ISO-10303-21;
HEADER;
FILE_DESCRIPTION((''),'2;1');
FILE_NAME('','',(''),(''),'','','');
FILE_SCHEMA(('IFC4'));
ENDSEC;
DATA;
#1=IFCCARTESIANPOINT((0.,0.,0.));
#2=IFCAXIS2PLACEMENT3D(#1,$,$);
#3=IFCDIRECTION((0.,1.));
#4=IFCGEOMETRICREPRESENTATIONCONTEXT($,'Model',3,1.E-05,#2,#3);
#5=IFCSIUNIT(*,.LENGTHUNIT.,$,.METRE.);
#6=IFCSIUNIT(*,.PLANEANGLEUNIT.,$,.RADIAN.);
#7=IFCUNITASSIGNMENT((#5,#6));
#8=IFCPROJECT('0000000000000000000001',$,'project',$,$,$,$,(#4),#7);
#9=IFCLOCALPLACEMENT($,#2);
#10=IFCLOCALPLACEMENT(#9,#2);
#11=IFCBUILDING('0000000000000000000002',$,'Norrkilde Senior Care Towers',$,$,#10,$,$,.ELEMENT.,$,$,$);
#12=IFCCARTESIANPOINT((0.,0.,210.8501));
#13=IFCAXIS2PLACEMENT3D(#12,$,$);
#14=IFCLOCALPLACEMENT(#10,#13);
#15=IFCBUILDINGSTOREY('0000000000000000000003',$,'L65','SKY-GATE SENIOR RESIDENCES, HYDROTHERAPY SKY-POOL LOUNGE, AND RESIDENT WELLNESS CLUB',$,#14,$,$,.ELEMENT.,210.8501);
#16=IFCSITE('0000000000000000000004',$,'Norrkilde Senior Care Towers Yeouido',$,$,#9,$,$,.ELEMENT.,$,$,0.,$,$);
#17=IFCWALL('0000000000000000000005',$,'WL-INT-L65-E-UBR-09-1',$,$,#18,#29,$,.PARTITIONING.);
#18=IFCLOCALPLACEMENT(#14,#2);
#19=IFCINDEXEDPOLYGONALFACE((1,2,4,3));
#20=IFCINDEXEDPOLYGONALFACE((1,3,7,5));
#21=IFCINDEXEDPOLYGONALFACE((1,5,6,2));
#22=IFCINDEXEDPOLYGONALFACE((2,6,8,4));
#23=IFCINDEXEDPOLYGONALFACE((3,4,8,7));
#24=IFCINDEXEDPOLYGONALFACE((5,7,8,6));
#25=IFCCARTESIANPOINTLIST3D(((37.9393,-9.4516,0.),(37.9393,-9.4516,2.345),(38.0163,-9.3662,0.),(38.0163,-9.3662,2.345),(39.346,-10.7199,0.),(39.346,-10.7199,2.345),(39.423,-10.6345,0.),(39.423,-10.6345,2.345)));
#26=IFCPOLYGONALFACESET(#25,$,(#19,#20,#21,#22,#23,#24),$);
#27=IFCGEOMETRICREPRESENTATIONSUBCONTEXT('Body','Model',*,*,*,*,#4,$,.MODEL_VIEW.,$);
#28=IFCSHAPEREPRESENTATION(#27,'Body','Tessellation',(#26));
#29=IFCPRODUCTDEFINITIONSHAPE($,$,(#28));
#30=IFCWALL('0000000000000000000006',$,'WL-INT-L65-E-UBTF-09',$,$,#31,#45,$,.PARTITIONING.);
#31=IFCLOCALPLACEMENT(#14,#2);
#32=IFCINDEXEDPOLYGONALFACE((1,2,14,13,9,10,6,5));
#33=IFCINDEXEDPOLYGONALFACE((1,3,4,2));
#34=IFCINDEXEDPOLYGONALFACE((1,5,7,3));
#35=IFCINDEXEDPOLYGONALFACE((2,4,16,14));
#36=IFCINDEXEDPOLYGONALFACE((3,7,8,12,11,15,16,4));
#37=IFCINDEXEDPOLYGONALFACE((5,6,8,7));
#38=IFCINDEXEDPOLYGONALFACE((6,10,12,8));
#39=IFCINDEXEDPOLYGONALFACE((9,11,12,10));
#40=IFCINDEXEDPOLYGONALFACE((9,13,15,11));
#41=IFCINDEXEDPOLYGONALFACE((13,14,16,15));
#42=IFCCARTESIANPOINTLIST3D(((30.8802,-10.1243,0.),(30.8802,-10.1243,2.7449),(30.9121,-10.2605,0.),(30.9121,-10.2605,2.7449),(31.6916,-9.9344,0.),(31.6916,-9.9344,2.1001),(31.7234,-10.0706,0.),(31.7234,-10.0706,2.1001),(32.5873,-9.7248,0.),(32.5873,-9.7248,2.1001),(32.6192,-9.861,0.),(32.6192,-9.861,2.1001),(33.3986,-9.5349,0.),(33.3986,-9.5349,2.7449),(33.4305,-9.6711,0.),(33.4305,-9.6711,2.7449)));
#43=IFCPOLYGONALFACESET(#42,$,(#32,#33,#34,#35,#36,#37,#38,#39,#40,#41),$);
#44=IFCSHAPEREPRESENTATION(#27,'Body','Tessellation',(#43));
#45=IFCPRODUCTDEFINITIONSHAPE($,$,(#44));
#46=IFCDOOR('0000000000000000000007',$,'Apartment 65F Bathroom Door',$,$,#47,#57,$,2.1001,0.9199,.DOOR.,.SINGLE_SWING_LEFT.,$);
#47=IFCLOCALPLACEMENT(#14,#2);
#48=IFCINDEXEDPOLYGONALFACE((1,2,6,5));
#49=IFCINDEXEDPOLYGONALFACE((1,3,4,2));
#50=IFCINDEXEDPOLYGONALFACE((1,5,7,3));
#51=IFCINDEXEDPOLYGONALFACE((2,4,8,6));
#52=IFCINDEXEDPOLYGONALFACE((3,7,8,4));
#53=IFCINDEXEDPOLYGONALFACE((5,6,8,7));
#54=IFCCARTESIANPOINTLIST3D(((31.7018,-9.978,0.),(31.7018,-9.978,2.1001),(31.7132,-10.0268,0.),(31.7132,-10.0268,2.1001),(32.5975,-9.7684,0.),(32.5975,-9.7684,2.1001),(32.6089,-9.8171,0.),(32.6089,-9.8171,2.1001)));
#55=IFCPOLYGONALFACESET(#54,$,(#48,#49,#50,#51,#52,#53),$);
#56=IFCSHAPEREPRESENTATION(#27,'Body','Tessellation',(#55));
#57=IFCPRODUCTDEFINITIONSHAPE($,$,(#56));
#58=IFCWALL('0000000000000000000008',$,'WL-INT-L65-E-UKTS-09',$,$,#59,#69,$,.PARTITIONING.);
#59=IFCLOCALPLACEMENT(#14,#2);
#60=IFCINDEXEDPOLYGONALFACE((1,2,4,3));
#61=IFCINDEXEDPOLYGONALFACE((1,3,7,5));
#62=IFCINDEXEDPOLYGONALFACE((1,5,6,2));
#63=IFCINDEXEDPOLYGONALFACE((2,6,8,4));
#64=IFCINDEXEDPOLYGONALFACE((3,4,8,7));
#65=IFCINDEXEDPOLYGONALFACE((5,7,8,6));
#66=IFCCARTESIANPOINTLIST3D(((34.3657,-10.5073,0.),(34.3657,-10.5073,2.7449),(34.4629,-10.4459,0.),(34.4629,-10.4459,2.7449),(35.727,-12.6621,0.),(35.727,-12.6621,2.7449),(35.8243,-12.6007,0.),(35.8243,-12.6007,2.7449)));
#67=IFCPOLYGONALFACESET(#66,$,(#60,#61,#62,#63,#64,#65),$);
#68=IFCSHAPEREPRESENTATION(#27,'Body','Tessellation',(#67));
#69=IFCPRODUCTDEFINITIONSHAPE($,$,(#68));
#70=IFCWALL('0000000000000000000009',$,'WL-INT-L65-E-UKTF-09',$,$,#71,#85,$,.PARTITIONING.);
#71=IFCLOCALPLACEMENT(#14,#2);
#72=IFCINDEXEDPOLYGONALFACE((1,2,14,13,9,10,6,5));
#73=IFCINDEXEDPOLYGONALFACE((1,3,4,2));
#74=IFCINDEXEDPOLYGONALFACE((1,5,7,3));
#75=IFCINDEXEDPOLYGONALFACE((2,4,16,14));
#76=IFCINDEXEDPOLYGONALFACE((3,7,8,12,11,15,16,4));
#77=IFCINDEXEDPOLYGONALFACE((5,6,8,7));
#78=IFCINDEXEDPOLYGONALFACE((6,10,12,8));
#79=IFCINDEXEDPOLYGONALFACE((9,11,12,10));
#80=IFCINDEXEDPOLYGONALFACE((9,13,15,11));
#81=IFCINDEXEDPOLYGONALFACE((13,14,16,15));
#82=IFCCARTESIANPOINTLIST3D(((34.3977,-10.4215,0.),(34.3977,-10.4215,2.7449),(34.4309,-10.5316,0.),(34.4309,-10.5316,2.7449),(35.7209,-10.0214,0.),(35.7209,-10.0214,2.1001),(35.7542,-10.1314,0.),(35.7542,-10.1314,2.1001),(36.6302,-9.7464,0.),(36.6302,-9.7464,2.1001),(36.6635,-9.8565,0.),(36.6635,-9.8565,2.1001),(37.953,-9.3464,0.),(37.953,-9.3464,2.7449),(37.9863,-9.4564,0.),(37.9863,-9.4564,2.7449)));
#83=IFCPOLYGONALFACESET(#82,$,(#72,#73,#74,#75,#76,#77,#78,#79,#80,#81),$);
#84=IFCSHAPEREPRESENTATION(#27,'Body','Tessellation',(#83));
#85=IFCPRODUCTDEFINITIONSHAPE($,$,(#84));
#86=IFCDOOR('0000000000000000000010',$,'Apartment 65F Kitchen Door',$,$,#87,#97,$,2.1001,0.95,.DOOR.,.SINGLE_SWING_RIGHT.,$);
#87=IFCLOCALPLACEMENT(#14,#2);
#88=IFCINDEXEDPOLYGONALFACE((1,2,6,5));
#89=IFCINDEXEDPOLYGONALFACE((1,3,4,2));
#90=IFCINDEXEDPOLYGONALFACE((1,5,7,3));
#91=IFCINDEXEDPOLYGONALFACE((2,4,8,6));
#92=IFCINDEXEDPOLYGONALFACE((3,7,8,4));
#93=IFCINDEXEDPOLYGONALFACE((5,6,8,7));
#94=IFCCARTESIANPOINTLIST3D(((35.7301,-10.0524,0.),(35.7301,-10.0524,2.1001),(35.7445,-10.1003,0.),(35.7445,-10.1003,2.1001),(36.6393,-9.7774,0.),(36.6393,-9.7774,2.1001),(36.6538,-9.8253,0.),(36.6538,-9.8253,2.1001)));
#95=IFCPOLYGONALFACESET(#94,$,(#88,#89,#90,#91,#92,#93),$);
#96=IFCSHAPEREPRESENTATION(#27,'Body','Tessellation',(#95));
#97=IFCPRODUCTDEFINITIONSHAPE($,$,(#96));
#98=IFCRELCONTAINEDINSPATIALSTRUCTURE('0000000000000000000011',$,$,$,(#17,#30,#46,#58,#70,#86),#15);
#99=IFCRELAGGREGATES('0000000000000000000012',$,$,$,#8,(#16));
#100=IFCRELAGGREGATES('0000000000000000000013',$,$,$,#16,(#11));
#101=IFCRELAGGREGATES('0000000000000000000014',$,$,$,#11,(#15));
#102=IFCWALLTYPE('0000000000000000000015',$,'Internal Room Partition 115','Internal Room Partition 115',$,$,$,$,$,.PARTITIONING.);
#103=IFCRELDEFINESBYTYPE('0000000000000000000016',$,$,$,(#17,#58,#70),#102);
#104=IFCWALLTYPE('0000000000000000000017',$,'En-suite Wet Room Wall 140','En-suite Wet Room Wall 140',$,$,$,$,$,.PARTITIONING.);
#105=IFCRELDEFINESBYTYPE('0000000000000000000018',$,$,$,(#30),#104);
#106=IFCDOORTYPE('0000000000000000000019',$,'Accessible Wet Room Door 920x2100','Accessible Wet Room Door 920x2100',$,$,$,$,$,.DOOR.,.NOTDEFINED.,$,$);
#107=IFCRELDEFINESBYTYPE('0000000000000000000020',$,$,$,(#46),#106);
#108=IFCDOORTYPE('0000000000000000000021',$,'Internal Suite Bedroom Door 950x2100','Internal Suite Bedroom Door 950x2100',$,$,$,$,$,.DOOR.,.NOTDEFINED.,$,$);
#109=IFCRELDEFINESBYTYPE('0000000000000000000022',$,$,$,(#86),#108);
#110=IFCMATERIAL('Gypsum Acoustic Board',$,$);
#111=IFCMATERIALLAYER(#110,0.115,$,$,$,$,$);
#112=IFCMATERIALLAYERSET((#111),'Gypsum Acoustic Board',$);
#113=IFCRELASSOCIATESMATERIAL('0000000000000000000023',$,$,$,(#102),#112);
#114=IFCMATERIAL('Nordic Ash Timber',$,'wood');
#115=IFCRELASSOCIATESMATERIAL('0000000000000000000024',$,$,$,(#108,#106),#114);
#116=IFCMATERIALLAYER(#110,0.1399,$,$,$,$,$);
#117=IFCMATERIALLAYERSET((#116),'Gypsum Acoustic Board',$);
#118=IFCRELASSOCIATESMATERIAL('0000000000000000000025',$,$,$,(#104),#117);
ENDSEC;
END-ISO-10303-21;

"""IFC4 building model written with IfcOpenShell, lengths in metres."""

from ifc_helpers import new_model, si_unit, direction, frame, frame_2d, origin, place, context, subcontext, project, spatial, rectangle, extrude, source, transform, mapped, material, layer, layer_set, type_object, type_shapes, element, fill, save


model = new_model("IFC4")

# Units and contexts
model_context = context("Model", 3, precision=1e-05, world=origin(), true_north=direction((0.0, 1.0)))
body_context = subcontext(model_context, "Body", "Model", "MODEL_VIEW")
ifc_project = project(units=[si_unit("LENGTHUNIT", "METRE"), si_unit("PLANEANGLEUNIT", "RADIAN")], contexts=[model_context])

# Site, building, storey
site_placement = place(None, origin())
site = spatial("IfcSite", under=ifc_project, at=site_placement, Name="Norrkilde Senior Care Towers Yeouido", CompositionType="ELEMENT", RefElevation=0.0)
building_placement = place(site_placement, origin())
building = spatial("IfcBuilding", under=site, at=building_placement, Name="Norrkilde Senior Care Towers", CompositionType="ELEMENT")
storey_placement = place(building_placement, frame((0.0, 0.0, 210.8501)))
storey = spatial("IfcBuildingStorey", under=building, at=storey_placement, Name="L65", Description="SKY-GATE SENIOR RESIDENCES, HYDROTHERAPY SKY-POOL LOUNGE, AND RESIDENT WELLNESS CLUB", CompositionType="ELEMENT", Elevation=210.8501)

# Shared definitions
ifc_material_1 = material(Name="Gypsum Acoustic Board")
ifc_material_2 = material(Name="Nordic Ash Timber", Category="wood")
ifc_layer_1 = layer(ifc_material_1, 0.115)
ifc_layer_set_1 = layer_set([ifc_layer_1], Name="Gypsum Acoustic Board")
wall_type_1 = type_object("IfcWallType", Name="Internal Room Partition 115", Description="Internal Room Partition 115", PredefinedType="PARTITIONING", material=ifc_layer_set_1)
door_type_1 = type_object("IfcDoorType", Name="Internal Suite Bedroom Door 950x2100", Description="Internal Suite Bedroom Door 950x2100", OperationType="NOTDEFINED", PredefinedType="DOOR", material=ifc_material_2)
shared_shape_1 = source(origin(), body_context, "Body", "SweptSolid", [
    extrude(rectangle(XDim=0.95, YDim=2.1001, at=frame_2d((0.4751, 1.05))), frame((0.0, 0.0249, 0.0), z_axis=(0.0, -1.0, 0.0), x_axis=(1.0, 0.0, 0.0)), (0.0, 0.0, 1.0), 0.05),
])
type_shapes(door_type_1, [shared_shape_1])

# Wall
shared_shape_2 = source(origin(), body_context, "Body", "SweptSolid", [
    extrude(rectangle(XDim=1.894, YDim=0.115, at=frame_2d((0.947, 0.0))), origin(), (0.0, 0.0, 1.0), 2.345),
])
wall_1_placement = place(storey_placement, frame((37.9778, -9.4089, 0.0), z_axis=(0.0, 0.0, 1.0), x_axis=(0.742704, -0.66962, 0.0)))
element("IfcWall", 1, at=wall_1_placement, inside=storey, type_object=wall_type_1, Name="WL-INT-L65-E-UBR-09-1", PredefinedType="PARTITIONING", context=body_context, shape_type="MappedRepresentation", body=[
    mapped(shared_shape_2, transform((0.0, 0.0, 0.0), x_axis=(1.0, 0.0, 0.0), y_axis=(0.0, 1.0, 0.0), z_axis=(0.0, 0.0, 1.0), scale=1.0)),
])

# Wall, opening, door
ifc_layer_2 = layer(ifc_material_1, 0.1399)
ifc_layer_set_2 = layer_set([ifc_layer_2], Name="Gypsum Acoustic Board")
wall_type_2 = type_object("IfcWallType", Name="En-suite Wet Room Wall 140", Description="En-suite Wet Room Wall 140", PredefinedType="PARTITIONING", material=ifc_layer_set_2)
shared_shape_3 = source(origin(), body_context, "Body", "SweptSolid", [
    extrude(rectangle(XDim=2.5864, YDim=0.1399, at=frame_2d((1.2932, 0.0))), origin(), (0.0, 0.0, 1.0), 2.7449),
])
type_shapes(wall_type_2, [shared_shape_3])
wall_2_placement = place(storey_placement, frame((33.4146, -9.603, 0.0), z_axis=(0.0, 0.0, 1.0), x_axis=(-0.973691, -0.227871, 0.0)))
wall_2 = element("IfcWall", 2, at=wall_2_placement, inside=storey, type_object=wall_type_2, Name="WL-INT-L65-E-UBTF-09", PredefinedType="PARTITIONING", context=body_context, shape_type="MappedRepresentation", body=[
    mapped(shared_shape_3, transform((0.0, 0.0, 0.0), x_axis=(1.0, 0.0, 0.0), y_axis=(0.0, 1.0, 0.0), z_axis=(0.0, 0.0, 1.0), scale=1.0)),
])
opening_1_placement = place(wall_2_placement, frame((0.8333, 0.0, 0.0)))
opening_1 = element("IfcOpeningElement", 3, at=opening_1_placement, cuts=wall_2, PredefinedType="OPENING", context=body_context, shape_type="SweptSolid", body=[
    extrude(rectangle(XDim=0.9199, YDim=2.1001, at=frame_2d((0.46, 1.05))), frame((0.0, 0.0798, 0.0), z_axis=(0.0, -1.0, 0.0), x_axis=(1.0, 0.0, 0.0)), (0.0, 0.0, 1.0), 0.1599),
])
door_type_2 = type_object("IfcDoorType", Name="Accessible Wet Room Door 920x2100", Description="Accessible Wet Room Door 920x2100", OperationType="NOTDEFINED", PredefinedType="DOOR", material=ifc_material_2)
shared_shape_4 = source(origin(), body_context, "Body", "SweptSolid", [
    extrude(rectangle(XDim=0.9199, YDim=2.1001, at=frame_2d((0.46, 1.05))), frame((0.0, 0.0249, 0.0), z_axis=(0.0, -1.0, 0.0), x_axis=(1.0, 0.0, 0.0)), (0.0, 0.0, 1.0), 0.05),
])
type_shapes(door_type_2, [shared_shape_4])
door_1_placement = place(opening_1_placement, origin())
door_1 = element("IfcDoor", 4, at=door_1_placement, inside=storey, type_object=door_type_2, Name="Apartment 65F Bathroom Door", OperationType="SINGLE_SWING_LEFT", OverallHeight=2.1001, OverallWidth=0.9199, PredefinedType="DOOR", context=body_context, shape_type="MappedRepresentation", body=[
    mapped(shared_shape_4, transform((0.0, 0.0, 0.0), x_axis=(1.0, 0.0, 0.0), y_axis=(0.0, 1.0, 0.0), z_axis=(0.0, 0.0, 1.0), scale=1.0)),
])
fill(opening_1, door_1)

# Wall
shared_shape_5 = source(origin(), body_context, "Body", "SweptSolid", [
    extrude(rectangle(XDim=2.5488, YDim=0.115, at=frame_2d((1.2744, 0.0))), origin(), (0.0, 0.0, 1.0), 2.7449),
])
wall_3_placement = place(storey_placement, frame((34.4143, -10.4766, 0.0), z_axis=(0.0, 0.0, 1.0), x_axis=(0.534108, -0.845416, 0.0)))
element("IfcWall", 5, at=wall_3_placement, inside=storey, type_object=wall_type_1, Name="WL-INT-L65-E-UKTS-09", PredefinedType="PARTITIONING", context=body_context, shape_type="MappedRepresentation", body=[
    mapped(shared_shape_5, transform((0.0, 0.0, 0.0), x_axis=(1.0, 0.0, 0.0), y_axis=(0.0, 1.0, 0.0), z_axis=(0.0, 0.0, 1.0), scale=1.0)),
])

# Wall, opening, door
shared_shape_6 = source(origin(), body_context, "Body", "SweptSolid", [
    extrude(rectangle(XDim=3.7144, YDim=0.115, at=frame_2d((1.8572, 0.0))), origin(), (0.0, 0.0, 1.0), 2.7449),
])
wall_4_placement = place(storey_placement, frame((34.4143, -10.4766, 0.0), z_axis=(0.0, 0.0, 1.0), x_axis=(0.957189, 0.289464, 0.0)))
wall_4 = element("IfcWall", 6, at=wall_4_placement, inside=storey, type_object=wall_type_1, Name="WL-INT-L65-E-UKTF-09", PredefinedType="PARTITIONING", context=body_context, shape_type="MappedRepresentation", body=[
    mapped(shared_shape_6, transform((0.0, 0.0, 0.0), x_axis=(1.0, 0.0, 0.0), y_axis=(0.0, 1.0, 0.0), z_axis=(0.0, 0.0, 1.0), scale=1.0)),
])
opening_2_placement = place(wall_4_placement, frame((1.3823, 0.0, 0.0)))
opening_2 = element("IfcOpeningElement", 7, at=opening_2_placement, cuts=wall_4, PredefinedType="OPENING", context=body_context, shape_type="SweptSolid", body=[
    extrude(rectangle(XDim=0.95, YDim=2.1001, at=frame_2d((0.4751, 1.05))), frame((0.0, 0.0674, 0.0), z_axis=(0.0, -1.0, 0.0), x_axis=(1.0, 0.0, 0.0)), (0.0, 0.0, 1.0), 0.135),
])
door_2_placement = place(opening_2_placement, frame((0.95, 0.0, 0.0), z_axis=(0.0, 0.0, 1.0), x_axis=(-1.0, 0.0, 0.0)))
door_2 = element("IfcDoor", 8, at=door_2_placement, inside=storey, type_object=door_type_1, Name="Apartment 65F Kitchen Door", OperationType="SINGLE_SWING_RIGHT", OverallHeight=2.1001, OverallWidth=0.95, PredefinedType="DOOR", context=body_context, shape_type="MappedRepresentation", body=[
    mapped(shared_shape_1, transform((0.0, 0.0, 0.0), x_axis=(1.0, 0.0, 0.0), y_axis=(0.0, 1.0, 0.0), z_axis=(0.0, 0.0, 1.0), scale=1.0)),
])
fill(opening_2, door_2)

save(model, "model.ifc")
